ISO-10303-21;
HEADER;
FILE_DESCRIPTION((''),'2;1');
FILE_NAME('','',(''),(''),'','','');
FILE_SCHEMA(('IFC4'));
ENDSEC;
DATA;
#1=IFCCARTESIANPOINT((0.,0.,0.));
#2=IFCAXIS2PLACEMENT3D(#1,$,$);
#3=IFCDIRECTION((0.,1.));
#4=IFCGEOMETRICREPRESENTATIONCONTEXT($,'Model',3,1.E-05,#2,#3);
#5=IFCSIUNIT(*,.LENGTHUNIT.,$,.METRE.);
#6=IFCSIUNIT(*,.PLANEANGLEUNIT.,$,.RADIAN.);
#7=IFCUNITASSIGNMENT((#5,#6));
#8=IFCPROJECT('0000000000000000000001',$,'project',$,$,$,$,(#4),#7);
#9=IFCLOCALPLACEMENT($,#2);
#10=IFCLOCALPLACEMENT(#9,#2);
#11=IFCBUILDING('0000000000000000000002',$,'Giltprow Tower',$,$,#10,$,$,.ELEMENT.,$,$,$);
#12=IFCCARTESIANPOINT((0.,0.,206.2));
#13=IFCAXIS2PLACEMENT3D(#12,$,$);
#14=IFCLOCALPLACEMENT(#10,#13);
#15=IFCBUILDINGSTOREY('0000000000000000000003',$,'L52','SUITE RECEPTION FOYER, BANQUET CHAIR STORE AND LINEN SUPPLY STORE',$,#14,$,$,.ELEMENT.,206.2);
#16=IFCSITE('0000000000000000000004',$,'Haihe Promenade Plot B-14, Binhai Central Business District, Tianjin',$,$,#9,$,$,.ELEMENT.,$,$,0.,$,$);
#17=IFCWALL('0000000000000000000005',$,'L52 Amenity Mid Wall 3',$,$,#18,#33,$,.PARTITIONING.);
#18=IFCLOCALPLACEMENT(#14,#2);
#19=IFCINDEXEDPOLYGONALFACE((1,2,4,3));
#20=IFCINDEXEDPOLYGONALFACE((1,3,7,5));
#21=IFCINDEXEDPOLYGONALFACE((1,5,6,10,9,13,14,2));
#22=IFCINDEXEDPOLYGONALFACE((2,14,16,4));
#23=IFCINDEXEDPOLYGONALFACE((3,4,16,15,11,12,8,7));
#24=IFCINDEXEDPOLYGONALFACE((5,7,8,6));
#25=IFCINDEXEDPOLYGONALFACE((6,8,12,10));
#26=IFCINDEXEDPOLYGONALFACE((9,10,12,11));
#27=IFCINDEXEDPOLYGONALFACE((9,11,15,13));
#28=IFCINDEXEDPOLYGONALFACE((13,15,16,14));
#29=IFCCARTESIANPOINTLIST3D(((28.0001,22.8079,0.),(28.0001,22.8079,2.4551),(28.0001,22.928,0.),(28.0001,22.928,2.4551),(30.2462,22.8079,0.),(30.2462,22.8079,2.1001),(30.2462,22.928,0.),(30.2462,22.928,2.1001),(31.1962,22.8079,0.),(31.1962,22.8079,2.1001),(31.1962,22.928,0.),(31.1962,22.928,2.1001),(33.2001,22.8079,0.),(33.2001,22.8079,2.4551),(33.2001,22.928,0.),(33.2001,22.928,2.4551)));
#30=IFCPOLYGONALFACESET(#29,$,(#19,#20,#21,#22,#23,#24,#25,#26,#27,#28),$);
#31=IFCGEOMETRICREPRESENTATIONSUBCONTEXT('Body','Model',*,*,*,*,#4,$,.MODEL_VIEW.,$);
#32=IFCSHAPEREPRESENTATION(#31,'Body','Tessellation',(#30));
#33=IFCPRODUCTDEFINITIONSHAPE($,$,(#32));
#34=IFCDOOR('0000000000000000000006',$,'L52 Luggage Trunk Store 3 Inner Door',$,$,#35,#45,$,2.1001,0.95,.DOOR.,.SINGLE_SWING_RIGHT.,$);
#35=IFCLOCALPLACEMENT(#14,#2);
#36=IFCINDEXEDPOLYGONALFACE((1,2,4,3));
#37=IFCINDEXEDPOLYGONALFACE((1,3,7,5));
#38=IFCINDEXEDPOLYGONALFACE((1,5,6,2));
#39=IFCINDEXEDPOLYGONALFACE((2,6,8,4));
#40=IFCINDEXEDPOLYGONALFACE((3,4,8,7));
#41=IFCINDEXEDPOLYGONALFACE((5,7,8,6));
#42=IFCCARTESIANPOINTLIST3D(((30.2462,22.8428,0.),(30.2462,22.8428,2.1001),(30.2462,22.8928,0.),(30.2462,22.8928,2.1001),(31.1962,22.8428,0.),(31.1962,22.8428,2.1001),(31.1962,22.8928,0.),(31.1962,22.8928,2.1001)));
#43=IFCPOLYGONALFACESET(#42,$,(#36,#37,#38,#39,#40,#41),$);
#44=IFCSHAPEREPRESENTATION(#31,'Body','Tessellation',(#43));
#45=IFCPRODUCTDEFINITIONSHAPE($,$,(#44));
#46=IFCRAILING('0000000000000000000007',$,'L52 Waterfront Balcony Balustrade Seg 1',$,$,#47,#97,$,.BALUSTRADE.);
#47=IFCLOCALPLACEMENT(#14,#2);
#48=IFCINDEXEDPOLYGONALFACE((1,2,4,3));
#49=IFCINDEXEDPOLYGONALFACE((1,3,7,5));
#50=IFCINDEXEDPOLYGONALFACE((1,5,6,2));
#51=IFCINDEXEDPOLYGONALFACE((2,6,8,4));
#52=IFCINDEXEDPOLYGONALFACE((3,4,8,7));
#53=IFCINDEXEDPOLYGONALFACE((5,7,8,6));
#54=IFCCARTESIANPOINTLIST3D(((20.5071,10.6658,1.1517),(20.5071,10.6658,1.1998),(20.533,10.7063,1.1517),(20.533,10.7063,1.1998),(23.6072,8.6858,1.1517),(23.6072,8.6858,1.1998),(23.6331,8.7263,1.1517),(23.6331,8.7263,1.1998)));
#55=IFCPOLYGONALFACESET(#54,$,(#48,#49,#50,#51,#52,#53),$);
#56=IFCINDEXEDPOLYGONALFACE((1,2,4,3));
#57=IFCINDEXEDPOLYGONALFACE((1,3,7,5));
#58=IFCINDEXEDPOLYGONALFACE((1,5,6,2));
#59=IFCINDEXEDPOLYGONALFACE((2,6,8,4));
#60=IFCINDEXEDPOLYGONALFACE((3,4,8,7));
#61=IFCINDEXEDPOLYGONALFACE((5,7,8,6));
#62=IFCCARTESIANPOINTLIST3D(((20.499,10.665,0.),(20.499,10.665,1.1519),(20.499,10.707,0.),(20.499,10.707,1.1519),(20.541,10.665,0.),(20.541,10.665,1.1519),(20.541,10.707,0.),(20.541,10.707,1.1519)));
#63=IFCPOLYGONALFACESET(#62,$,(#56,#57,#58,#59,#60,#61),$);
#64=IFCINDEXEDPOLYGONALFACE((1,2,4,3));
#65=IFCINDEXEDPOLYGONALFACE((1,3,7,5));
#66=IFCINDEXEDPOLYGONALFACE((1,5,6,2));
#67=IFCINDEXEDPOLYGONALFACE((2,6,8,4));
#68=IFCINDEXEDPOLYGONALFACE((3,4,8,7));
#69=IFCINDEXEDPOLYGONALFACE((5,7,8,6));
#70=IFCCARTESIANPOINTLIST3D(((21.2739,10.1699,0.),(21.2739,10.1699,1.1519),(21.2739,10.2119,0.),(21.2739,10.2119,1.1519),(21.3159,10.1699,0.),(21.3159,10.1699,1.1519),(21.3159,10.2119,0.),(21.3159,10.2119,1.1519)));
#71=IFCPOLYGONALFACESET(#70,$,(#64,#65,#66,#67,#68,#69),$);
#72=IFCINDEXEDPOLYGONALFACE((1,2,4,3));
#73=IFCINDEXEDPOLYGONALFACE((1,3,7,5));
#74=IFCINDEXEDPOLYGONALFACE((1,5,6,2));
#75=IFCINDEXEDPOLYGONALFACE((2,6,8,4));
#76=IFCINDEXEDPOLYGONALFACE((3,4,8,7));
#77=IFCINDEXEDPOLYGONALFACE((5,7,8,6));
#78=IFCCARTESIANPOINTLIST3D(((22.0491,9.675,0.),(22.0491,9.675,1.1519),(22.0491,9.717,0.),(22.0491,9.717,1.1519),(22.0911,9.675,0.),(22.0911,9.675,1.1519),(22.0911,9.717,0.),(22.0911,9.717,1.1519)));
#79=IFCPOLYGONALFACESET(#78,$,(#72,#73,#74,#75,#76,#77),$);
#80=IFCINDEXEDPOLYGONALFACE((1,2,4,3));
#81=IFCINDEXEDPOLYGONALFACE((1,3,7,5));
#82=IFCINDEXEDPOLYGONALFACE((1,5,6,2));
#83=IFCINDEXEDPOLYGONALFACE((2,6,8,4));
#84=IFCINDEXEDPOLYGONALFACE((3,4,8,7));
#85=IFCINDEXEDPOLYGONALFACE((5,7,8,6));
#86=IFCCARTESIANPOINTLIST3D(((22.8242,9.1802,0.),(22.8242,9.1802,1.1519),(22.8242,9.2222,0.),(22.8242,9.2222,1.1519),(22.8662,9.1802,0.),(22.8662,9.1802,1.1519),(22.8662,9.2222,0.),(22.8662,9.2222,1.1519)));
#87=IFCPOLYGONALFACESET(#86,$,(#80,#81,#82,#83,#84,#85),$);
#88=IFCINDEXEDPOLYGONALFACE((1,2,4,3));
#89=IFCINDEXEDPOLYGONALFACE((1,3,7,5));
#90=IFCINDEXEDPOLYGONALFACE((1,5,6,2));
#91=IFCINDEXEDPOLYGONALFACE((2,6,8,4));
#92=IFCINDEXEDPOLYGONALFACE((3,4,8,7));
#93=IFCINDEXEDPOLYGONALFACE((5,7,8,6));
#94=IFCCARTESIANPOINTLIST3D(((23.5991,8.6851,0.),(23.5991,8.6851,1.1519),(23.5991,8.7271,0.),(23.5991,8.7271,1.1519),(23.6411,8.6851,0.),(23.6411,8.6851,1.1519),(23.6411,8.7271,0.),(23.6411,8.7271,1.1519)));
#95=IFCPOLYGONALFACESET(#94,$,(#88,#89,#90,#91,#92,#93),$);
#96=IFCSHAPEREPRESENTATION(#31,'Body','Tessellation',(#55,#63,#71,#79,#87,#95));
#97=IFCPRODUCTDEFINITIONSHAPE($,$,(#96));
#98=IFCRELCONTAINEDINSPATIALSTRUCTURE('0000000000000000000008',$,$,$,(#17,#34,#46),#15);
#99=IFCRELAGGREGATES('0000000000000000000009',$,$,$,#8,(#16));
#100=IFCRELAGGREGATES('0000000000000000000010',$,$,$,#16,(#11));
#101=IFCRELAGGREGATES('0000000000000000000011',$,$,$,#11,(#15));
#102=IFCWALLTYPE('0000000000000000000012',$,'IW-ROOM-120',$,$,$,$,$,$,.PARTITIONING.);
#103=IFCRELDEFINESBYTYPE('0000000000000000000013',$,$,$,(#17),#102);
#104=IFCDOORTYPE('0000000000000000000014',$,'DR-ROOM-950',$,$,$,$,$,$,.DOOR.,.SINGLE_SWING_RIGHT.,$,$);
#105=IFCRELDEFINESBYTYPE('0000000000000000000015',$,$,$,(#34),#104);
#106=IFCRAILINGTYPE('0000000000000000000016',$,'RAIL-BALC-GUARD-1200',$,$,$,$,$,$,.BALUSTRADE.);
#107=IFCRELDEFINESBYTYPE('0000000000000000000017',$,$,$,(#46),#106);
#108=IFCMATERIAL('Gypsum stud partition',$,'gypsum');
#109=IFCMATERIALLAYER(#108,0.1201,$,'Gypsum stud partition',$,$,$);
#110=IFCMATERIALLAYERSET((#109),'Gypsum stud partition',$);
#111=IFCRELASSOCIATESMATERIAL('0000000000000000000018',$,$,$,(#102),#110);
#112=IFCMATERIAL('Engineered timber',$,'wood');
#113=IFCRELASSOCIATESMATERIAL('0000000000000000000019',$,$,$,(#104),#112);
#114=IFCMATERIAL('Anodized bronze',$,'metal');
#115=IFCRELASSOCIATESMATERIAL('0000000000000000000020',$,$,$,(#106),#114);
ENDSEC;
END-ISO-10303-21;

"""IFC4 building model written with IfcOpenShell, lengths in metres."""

from ifc_helpers import new_model, si_unit, direction, frame, frame_2d, origin, origin_2d, place, context, subcontext, project, spatial, rectangle, extrude, source, transform, mapped, material, layer, layer_set, type_object, element, fill, save


model = new_model("IFC4")

# Units and contexts
model_context = context("Model", 3, precision=1e-05, world=origin(), true_north=direction((0.0, 1.0)))
body_context = subcontext(model_context, "Body", "Model", "MODEL_VIEW")
ifc_project = project(units=[si_unit("LENGTHUNIT", "METRE"), si_unit("PLANEANGLEUNIT", "RADIAN")], contexts=[model_context])

# Site, building, storey
site_placement = place(None, origin())
site = spatial("IfcSite", under=ifc_project, at=site_placement, Name="Haihe Promenade Plot B-14, Binhai Central Business District, Tianjin", CompositionType="ELEMENT", RefElevation=0.0)
building_placement = place(site_placement, origin())
building = spatial("IfcBuilding", under=site, at=building_placement, Name="Giltprow Tower", CompositionType="ELEMENT")
storey_placement = place(building_placement, frame((0.0, 0.0, 206.2)))
storey = spatial("IfcBuildingStorey", under=building, at=storey_placement, Name="L52", Description="SUITE RECEPTION FOYER, BANQUET CHAIR STORE AND LINEN SUPPLY STORE", CompositionType="ELEMENT", Elevation=206.2)

# Shared definitions
ifc_material_1 = material(Name="Gypsum stud partition", Category="gypsum")

# Wall, opening, door
ifc_layer_1 = layer(ifc_material_1, 0.1201, Name="Gypsum stud partition")
ifc_layer_set_1 = layer_set([ifc_layer_1], Name="Gypsum stud partition")
wall_type_1 = type_object("IfcWallType", Name="IW-ROOM-120", PredefinedType="PARTITIONING", material=ifc_layer_set_1)
ifc_material_2 = material(Name="Engineered timber", Category="wood")
door_type_1 = type_object("IfcDoorType", Name="DR-ROOM-950", OperationType="SINGLE_SWING_RIGHT", PredefinedType="DOOR", material=ifc_material_2)
shared_shape_1 = source(origin(), body_context, "Body", "SweptSolid", [
    extrude(rectangle(XDim=0.95, YDim=2.1001, at=frame_2d((0.4751, 1.05))), frame((0.0, 0.0249, 0.0), z_axis=(0.0, -1.0, 0.0), x_axis=(1.0, 0.0, 0.0)), (0.0, 0.0, 1.0), 0.05),
])
wall_1_placement = place(storey_placement, frame((28.0, 22.8679, 0.0), z_axis=(0.0, 0.0, 1.0), x_axis=(1.0, 0.0, 0.0)))
wall_1 = element("IfcWall", 1, at=wall_1_placement, inside=storey, type_object=wall_type_1, Name="L52 Amenity Mid Wall 3", PredefinedType="PARTITIONING", context=body_context, shape_type="SweptSolid", body=[
    extrude(rectangle(XDim=5.2, YDim=0.1201, at=frame_2d((2.6001, 0.0))), origin(), (0.0, 0.0, 1.0), 2.4551),
])
opening_1_placement = place(wall_1_placement, frame((2.2461, 0.0, 0.0)))
opening_1 = element("IfcOpeningElement", 2, at=opening_1_placement, cuts=wall_1, PredefinedType="OPENING", context=body_context, shape_type="SweptSolid", body=[
    extrude(rectangle(XDim=0.95, YDim=2.1001, at=frame_2d((0.4751, 1.05))), frame((0.0, 0.0701, 0.0), z_axis=(0.0, -1.0, 0.0), x_axis=(1.0, 0.0, 0.0)), (0.0, 0.0, 1.0), 0.1401),
])
door_1_placement = place(opening_1_placement, origin())
door_1 = element("IfcDoor", 3, at=door_1_placement, inside=storey, type_object=door_type_1, Name="L52 Luggage Trunk Store 3 Inner Door", OperationType="SINGLE_SWING_RIGHT", OverallHeight=2.1001, OverallWidth=0.95, PredefinedType="DOOR", context=body_context, shape_type="MappedRepresentation", body=[
    mapped(shared_shape_1, transform((0.0, 0.0, 0.0), x_axis=(1.0, 0.0, 0.0), y_axis=(0.0, 1.0, 0.0), z_axis=(0.0, 0.0, 1.0), scale=1.0)),
])
fill(opening_1, door_1)

# Railing
ifc_material_3 = material(Name="Anodized bronze", Category="metal")
railing_type = type_object("IfcRailingType", Name="RAIL-BALC-GUARD-1200", PredefinedType="BALUSTRADE", material=ifc_material_3)
railing_1_placement = place(storey_placement, frame((20.52, 10.686, 0.0)))
element("IfcRailing", 4, at=railing_1_placement, inside=storey, type_object=railing_type, Name="L52 Waterfront Balcony Balustrade Seg 1", PredefinedType="BALUSTRADE", context=body_context, shape_type="SweptSolid", body=[
    extrude(rectangle(XDim=0.0481, YDim=0.0481, at=origin_2d()), frame((0.0, 0.0, 1.1758), z_axis=(0.842775, -0.538266, 0.0), x_axis=(0.538266, 0.842775, 0.0)), (0.0, 0.0, 1.0), 3.6785),
    extrude(rectangle(XDim=0.042, YDim=0.042, at=origin_2d()), origin(), (0.0, 0.0, 1.0), 1.1519),
    extrude(rectangle(XDim=0.042, YDim=0.042, at=origin_2d()), frame((0.7749, -0.4951, 0.0)), (0.0, 0.0, 1.0), 1.1519),
    extrude(rectangle(XDim=0.042, YDim=0.042, at=origin_2d()), frame((1.55, -0.99, 0.0)), (0.0, 0.0, 1.0), 1.1519),
    extrude(rectangle(XDim=0.042, YDim=0.042, at=origin_2d()), frame((2.3252, -1.4849, 0.0)), (0.0, 0.0, 1.0), 1.1519),
    extrude(rectangle(XDim=0.042, YDim=0.042, at=origin_2d()), frame((3.1001, -1.98, 0.0)), (0.0, 0.0, 1.0), 1.1519),
])

save(model, "model.ifc")
